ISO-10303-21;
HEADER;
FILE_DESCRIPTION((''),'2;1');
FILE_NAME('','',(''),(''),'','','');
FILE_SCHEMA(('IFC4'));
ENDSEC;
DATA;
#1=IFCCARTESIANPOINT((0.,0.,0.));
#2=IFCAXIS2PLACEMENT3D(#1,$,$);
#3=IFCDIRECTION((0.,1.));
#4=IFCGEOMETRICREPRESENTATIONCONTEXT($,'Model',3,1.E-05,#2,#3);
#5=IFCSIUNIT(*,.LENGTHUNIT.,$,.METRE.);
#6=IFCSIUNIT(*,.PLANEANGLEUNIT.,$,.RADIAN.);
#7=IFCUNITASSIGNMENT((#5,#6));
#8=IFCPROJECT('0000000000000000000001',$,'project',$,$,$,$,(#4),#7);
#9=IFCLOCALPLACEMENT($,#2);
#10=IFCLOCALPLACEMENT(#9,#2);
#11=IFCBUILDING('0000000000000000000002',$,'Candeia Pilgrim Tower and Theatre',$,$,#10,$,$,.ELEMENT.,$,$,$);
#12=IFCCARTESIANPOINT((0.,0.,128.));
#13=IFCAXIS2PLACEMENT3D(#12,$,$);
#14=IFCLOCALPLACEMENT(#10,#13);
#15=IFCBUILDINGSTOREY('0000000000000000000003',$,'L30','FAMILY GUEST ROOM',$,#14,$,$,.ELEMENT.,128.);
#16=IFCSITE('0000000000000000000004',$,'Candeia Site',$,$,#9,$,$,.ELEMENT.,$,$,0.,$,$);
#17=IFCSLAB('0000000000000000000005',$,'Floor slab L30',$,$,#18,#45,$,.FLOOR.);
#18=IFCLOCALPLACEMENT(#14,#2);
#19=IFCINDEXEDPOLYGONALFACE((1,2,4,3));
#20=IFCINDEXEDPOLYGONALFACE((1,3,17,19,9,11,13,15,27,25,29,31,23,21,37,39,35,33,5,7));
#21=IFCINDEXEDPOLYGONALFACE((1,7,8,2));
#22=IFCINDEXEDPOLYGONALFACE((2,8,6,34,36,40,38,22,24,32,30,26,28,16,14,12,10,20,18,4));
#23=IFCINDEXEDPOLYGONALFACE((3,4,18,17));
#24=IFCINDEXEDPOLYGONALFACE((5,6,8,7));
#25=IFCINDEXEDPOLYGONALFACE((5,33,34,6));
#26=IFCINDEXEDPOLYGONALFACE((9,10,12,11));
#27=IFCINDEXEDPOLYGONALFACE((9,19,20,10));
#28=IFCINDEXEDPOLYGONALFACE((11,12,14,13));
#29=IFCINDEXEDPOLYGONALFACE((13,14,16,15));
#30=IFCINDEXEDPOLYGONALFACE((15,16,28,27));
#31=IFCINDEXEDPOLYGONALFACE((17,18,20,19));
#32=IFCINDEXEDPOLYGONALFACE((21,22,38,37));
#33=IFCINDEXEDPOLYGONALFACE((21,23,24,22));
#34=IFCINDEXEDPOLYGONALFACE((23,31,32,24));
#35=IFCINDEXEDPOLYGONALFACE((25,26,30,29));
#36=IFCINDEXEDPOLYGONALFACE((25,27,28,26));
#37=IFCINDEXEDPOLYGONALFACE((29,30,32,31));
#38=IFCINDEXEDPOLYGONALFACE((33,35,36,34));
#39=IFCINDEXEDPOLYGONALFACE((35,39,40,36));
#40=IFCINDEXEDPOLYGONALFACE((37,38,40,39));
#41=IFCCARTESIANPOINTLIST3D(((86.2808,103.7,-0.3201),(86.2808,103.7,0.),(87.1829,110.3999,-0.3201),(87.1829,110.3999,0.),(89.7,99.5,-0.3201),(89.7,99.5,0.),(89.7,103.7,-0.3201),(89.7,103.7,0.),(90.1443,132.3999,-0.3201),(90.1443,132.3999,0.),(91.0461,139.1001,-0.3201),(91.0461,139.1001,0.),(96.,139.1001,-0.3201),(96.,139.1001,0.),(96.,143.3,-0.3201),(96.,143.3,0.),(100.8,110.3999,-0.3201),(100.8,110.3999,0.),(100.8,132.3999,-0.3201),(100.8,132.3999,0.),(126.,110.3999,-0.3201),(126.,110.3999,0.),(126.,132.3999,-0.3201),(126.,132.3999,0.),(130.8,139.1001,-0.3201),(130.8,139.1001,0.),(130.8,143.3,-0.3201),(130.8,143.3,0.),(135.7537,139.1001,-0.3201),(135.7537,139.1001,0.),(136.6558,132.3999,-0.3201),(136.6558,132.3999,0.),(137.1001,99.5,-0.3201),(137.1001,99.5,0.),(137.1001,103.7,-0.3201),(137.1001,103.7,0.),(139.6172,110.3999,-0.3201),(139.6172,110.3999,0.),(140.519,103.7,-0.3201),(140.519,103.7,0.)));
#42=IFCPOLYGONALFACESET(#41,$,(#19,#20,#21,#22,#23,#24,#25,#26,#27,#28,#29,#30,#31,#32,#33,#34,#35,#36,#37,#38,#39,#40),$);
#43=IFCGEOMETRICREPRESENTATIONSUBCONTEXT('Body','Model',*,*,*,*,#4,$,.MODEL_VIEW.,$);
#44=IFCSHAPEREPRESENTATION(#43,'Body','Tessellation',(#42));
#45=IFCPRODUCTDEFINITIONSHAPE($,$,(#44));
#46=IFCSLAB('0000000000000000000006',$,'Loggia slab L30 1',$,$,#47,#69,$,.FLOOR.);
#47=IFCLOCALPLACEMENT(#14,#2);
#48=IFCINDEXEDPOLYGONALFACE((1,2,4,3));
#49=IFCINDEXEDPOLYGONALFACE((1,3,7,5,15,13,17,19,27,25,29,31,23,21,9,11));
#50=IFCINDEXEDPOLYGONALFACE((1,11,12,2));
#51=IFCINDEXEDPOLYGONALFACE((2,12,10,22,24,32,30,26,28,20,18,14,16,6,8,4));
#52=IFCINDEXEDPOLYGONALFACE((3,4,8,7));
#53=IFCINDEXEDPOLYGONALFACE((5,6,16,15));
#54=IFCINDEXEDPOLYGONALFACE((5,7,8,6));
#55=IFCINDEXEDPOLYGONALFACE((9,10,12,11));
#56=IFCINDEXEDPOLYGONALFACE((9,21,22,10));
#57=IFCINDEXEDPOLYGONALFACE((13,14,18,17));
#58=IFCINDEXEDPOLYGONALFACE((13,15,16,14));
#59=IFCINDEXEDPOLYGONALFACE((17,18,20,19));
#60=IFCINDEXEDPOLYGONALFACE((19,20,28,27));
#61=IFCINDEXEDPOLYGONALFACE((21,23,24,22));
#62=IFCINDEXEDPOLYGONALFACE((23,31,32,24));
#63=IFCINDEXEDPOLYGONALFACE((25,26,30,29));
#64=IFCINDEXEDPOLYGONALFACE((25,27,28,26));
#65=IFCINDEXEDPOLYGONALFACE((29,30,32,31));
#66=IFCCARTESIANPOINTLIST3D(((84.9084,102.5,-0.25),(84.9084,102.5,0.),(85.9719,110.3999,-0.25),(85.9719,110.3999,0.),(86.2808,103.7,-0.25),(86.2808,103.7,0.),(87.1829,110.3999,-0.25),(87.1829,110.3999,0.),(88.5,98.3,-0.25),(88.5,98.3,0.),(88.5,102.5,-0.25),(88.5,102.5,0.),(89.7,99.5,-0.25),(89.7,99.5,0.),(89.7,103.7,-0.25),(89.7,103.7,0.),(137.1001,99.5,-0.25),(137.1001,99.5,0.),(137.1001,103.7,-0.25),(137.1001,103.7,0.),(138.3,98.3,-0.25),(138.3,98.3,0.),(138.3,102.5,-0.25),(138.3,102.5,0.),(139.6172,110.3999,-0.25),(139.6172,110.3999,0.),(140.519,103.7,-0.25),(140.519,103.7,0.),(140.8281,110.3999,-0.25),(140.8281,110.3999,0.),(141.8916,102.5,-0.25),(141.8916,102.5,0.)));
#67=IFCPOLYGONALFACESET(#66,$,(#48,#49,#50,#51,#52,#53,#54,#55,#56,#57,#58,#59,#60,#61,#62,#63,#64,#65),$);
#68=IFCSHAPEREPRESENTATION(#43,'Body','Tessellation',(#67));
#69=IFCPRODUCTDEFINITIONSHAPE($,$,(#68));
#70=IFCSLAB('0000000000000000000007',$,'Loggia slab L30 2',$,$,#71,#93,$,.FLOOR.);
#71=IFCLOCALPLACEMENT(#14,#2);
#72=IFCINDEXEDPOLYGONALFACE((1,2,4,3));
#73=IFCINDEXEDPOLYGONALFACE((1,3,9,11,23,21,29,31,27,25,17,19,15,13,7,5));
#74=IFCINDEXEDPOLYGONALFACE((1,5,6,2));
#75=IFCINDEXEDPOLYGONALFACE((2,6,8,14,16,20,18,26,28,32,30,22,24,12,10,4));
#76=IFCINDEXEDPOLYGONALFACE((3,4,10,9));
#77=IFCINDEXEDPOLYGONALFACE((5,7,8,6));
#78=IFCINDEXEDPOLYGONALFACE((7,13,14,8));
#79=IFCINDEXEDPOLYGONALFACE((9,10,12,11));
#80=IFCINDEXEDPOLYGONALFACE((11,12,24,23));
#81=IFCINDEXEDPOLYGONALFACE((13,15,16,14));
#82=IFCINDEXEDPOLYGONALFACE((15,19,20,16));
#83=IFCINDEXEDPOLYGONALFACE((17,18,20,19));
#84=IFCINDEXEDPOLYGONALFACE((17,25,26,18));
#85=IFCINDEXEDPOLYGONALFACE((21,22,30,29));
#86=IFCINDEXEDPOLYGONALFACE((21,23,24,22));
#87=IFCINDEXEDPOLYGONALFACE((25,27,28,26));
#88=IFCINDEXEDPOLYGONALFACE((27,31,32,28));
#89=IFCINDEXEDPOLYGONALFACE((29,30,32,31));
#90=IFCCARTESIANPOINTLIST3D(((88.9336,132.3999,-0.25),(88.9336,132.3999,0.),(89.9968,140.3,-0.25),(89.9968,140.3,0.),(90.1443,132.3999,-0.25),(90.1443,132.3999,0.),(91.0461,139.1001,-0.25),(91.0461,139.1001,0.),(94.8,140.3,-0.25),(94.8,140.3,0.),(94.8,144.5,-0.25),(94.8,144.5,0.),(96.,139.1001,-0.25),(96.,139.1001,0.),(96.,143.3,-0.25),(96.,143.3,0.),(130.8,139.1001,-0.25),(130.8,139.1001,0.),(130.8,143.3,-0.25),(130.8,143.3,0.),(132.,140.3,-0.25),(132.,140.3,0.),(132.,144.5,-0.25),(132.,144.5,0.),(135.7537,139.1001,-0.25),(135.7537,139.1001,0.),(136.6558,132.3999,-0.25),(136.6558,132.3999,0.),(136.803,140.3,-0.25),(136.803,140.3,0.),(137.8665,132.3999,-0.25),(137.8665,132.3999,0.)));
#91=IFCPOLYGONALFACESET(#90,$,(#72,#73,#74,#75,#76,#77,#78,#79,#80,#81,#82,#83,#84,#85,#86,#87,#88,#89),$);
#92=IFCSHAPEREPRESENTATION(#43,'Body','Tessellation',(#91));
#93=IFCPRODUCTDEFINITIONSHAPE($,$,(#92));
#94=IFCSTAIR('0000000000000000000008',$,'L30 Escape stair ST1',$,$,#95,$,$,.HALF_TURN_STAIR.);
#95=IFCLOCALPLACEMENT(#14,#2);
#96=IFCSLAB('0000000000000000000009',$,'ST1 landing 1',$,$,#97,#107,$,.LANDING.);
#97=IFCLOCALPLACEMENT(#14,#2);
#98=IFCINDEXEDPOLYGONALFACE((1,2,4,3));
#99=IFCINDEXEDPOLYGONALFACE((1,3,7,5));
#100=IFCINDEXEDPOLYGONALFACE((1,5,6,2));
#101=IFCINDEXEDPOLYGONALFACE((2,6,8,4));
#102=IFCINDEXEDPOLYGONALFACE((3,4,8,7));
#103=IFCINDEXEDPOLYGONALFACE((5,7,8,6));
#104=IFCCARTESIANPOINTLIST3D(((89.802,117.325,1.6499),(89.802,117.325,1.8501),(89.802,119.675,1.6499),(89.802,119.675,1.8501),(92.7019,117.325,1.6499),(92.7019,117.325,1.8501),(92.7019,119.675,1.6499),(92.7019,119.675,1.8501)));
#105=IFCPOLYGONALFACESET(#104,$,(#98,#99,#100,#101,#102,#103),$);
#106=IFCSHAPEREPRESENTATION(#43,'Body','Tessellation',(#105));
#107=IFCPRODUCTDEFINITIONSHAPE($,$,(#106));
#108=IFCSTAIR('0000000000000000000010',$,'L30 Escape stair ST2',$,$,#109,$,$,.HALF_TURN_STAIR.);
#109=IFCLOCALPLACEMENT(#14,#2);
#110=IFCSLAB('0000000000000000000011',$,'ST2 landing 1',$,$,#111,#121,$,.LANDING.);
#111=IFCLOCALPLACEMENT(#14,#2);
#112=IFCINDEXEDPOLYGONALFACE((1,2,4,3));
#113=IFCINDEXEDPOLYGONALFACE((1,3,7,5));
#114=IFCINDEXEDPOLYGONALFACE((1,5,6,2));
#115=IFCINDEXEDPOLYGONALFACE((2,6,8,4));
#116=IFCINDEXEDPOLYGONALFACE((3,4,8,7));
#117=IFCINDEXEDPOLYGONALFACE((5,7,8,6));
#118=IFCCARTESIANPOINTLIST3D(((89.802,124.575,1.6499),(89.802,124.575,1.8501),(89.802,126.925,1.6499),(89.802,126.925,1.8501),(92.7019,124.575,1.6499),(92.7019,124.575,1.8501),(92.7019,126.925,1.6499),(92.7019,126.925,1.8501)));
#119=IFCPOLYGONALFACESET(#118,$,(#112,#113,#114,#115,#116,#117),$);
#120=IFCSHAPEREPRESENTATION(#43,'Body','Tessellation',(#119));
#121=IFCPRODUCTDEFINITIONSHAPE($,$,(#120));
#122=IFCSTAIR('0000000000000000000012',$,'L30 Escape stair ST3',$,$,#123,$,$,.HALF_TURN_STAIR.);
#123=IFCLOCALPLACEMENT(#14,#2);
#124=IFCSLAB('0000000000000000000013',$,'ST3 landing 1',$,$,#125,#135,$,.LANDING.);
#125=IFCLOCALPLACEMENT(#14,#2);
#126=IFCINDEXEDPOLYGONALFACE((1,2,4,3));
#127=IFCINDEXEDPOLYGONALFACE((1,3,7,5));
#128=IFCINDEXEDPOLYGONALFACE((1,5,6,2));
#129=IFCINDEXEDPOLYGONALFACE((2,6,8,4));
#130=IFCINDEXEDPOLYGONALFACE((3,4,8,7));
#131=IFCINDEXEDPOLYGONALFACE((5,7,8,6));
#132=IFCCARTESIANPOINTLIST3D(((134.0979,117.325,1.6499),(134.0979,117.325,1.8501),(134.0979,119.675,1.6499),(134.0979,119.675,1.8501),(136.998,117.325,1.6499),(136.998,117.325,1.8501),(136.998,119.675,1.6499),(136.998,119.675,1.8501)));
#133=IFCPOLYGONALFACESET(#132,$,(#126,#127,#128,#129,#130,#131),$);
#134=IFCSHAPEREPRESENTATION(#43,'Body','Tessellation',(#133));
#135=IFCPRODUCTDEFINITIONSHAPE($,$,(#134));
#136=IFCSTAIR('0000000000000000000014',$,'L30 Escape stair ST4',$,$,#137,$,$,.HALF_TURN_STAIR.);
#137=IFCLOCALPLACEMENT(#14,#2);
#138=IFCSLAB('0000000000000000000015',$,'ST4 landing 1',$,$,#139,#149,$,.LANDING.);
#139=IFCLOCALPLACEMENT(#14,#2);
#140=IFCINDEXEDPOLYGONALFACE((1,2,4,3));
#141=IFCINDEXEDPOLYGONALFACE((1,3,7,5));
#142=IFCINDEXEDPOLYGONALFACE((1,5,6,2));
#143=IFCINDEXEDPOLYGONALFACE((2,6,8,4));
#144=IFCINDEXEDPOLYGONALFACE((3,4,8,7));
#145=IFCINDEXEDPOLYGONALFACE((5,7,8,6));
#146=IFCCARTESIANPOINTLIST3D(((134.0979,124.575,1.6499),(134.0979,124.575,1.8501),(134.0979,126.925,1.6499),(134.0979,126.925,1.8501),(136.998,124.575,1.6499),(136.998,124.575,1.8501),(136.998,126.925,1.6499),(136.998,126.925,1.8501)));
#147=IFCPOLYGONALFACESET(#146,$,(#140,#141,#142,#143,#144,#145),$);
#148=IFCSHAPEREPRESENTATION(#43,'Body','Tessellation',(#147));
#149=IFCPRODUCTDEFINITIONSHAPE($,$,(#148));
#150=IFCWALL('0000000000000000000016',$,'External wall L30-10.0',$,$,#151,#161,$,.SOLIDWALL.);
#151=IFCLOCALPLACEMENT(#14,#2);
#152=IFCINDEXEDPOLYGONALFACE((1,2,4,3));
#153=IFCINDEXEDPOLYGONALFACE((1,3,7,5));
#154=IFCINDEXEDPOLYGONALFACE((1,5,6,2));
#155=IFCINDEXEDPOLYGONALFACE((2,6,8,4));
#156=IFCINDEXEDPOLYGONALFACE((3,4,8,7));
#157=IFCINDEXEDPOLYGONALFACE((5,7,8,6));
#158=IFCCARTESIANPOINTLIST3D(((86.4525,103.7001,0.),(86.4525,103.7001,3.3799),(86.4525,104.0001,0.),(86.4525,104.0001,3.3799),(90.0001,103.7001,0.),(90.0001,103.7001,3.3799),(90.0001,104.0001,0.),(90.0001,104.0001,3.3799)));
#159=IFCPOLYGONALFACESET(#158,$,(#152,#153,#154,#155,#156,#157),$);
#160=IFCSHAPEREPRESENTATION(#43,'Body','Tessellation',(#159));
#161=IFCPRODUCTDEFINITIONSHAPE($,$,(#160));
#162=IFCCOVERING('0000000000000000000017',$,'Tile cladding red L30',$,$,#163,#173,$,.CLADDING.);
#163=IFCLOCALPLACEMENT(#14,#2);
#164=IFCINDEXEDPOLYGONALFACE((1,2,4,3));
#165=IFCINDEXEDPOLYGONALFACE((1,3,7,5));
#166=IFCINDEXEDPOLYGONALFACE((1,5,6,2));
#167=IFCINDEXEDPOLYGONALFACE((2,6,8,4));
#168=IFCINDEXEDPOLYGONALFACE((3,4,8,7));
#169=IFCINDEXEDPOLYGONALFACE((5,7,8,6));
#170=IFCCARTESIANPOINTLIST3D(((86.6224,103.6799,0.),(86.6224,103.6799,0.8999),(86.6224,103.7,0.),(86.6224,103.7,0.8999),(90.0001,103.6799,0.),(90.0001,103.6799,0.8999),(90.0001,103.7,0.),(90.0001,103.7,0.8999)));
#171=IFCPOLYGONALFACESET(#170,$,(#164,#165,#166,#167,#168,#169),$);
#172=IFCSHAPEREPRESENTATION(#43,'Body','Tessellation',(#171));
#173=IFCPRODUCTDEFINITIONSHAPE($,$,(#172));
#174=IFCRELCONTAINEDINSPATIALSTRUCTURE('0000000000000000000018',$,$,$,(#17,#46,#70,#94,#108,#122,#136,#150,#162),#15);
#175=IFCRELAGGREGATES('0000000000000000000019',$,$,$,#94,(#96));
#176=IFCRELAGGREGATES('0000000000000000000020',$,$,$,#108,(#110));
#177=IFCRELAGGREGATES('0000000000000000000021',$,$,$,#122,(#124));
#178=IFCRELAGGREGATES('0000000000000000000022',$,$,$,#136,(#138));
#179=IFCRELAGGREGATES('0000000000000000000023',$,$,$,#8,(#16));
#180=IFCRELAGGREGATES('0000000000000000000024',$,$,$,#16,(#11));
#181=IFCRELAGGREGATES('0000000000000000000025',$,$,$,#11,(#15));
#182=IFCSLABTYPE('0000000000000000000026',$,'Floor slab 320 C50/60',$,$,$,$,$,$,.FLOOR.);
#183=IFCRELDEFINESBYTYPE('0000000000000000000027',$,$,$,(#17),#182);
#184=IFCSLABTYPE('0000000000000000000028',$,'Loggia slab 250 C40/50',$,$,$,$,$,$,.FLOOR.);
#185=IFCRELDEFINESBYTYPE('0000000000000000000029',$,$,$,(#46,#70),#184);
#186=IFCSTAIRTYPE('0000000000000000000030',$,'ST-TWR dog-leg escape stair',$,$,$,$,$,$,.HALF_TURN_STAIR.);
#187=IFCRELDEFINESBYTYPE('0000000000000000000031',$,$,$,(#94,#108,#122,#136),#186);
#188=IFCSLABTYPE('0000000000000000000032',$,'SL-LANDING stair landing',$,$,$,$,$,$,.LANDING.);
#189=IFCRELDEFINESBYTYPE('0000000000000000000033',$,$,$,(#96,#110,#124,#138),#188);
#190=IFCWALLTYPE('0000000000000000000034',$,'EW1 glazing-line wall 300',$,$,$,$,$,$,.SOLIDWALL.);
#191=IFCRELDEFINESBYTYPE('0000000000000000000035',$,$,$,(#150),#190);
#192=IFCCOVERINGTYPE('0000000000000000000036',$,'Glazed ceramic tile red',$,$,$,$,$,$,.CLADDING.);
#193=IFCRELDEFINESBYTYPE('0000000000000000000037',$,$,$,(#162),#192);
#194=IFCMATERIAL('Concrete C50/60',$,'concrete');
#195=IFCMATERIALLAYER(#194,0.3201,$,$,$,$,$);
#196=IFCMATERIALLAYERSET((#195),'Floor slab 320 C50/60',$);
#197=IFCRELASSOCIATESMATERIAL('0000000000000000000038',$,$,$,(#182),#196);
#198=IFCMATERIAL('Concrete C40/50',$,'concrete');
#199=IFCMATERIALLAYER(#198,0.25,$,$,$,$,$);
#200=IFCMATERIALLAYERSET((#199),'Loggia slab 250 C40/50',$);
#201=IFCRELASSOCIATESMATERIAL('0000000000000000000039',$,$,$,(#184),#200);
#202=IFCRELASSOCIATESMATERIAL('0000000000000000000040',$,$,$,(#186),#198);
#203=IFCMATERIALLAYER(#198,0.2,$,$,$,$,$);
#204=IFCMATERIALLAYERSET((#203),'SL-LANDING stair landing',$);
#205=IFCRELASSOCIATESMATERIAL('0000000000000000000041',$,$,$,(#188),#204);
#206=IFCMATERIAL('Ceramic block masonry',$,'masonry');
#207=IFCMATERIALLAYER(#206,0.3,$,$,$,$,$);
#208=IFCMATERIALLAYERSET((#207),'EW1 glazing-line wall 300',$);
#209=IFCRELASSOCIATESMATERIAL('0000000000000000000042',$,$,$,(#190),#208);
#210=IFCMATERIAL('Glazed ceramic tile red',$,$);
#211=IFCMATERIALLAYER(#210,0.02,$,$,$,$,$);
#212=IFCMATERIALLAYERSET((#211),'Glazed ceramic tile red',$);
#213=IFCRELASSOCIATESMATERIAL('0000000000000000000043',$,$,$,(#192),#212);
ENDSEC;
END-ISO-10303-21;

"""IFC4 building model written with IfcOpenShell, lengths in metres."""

from ifc_helpers import new_model, si_unit, direction, frame, frame_2d, origin, origin_2d, place, context, subcontext, project, spatial, polyline, rectangle, outline, extrude, material, layer, layer_set, type_object, element, aggregate, save


model = new_model("IFC4")

# Units and contexts
model_context = context("Model", 3, precision=1e-05, world=origin(), true_north=direction((0.0, 1.0)))
body_context = subcontext(model_context, "Body", "Model", "MODEL_VIEW")
ifc_project = project(units=[si_unit("LENGTHUNIT", "METRE"), si_unit("PLANEANGLEUNIT", "RADIAN")], contexts=[model_context])

# Site, building, storey
site_placement = place(None, origin())
site = spatial("IfcSite", under=ifc_project, at=site_placement, Name="Candeia Site", CompositionType="ELEMENT", RefElevation=0.0)
building_placement = place(site_placement, origin())
building = spatial("IfcBuilding", under=site, at=building_placement, Name="Candeia Pilgrim Tower and Theatre", CompositionType="ELEMENT")
storey_placement = place(building_placement, frame((0.0, 0.0, 128.0)))
storey = spatial("IfcBuildingStorey", under=building, at=storey_placement, Name="L30", Description="FAMILY GUEST ROOM", CompositionType="ELEMENT", Elevation=128.0)

# Slabs
ifc_material_1 = material(Name="Concrete C40/50", Category="concrete")
ifc_material_2 = material(Name="Concrete C50/60", Category="concrete")
ifc_layer_1 = layer(ifc_material_2, 0.3201)
ifc_layer_set_1 = layer_set([ifc_layer_1], Name="Floor slab 320 C50/60")
slab_type_1 = type_object("IfcSlabType", Name="Floor slab 320 C50/60", PredefinedType="FLOOR", material=ifc_layer_set_1)
slab_1_placement = place(storey_placement, frame((0.0, 0.0, -0.3201)))
element("IfcSlab", 1, at=slab_1_placement, inside=storey, type_object=slab_type_1, Name="Floor slab L30", PredefinedType="FLOOR", context=body_context, shape_type="SweptSolid", body=[
    extrude(outline(polyline([(96.0, 139.1001), (96.0, 143.3), (130.8, 143.3), (130.8, 139.1001), (135.7537, 139.1001), (136.6558, 132.3999), (126.0, 132.3999), (126.0, 110.3999), (139.6172, 110.3999), (140.519, 103.7), (137.1001, 103.7), (137.1001, 99.5), (89.7, 99.5), (89.7, 103.7), (86.2808, 103.7), (87.1829, 110.3999), (100.8, 110.3999), (100.8, 132.3999), (90.1443, 132.3999), (91.0461, 139.1001), (96.0, 139.1001)])), origin(), (0.0, 0.0, 1.0), 0.3201),
])
ifc_layer_2 = layer(ifc_material_1, 0.25)
ifc_layer_set_2 = layer_set([ifc_layer_2], Name="Loggia slab 250 C40/50")
slab_type_2 = type_object("IfcSlabType", Name="Loggia slab 250 C40/50", PredefinedType="FLOOR", material=ifc_layer_set_2)
slab_2_placement = place(storey_placement, frame((0.0, 0.0, -0.25)))
element("IfcSlab", 2, at=slab_2_placement, inside=storey, type_object=slab_type_2, Name="Loggia slab L30 1", PredefinedType="FLOOR", context=body_context, shape_type="SweptSolid", body=[
    extrude(outline(polyline([(87.1829, 110.3999), (86.2808, 103.7), (89.7, 103.7), (89.7, 99.5), (137.1001, 99.5), (137.1001, 103.7), (140.519, 103.7), (139.6172, 110.3999), (140.8281, 110.3999), (141.8916, 102.5), (138.3, 102.5), (138.3, 98.3), (88.5, 98.3), (88.5, 102.5), (84.9084, 102.5), (85.9719, 110.3999), (87.1829, 110.3999)])), origin(), (0.0, 0.0, 1.0), 0.25),
])
slab_3_placement = place(storey_placement, frame((0.0, 0.0, -0.25)))
element("IfcSlab", 3, at=slab_3_placement, inside=storey, type_object=slab_type_2, Name="Loggia slab L30 2", PredefinedType="FLOOR", context=body_context, shape_type="SweptSolid", body=[
    extrude(outline(polyline([(136.6558, 132.3999), (135.7537, 139.1001), (130.8, 139.1001), (130.8, 143.3), (96.0, 143.3), (96.0, 139.1001), (91.0461, 139.1001), (90.1443, 132.3999), (88.9336, 132.3999), (89.9968, 140.3), (94.8, 140.3), (94.8, 144.5), (132.0, 144.5), (132.0, 140.3), (136.803, 140.3), (137.8665, 132.3999), (136.6558, 132.3999)])), origin(), (0.0, 0.0, 1.0), 0.25),
])

# Stairs, slabs
stair_type = type_object("IfcStairType", Name="ST-TWR dog-leg escape stair", PredefinedType="HALF_TURN_STAIR", material=ifc_material_1)
stair_1_placement = place(storey_placement, origin())
stair_1 = element("IfcStair", 4, at=stair_1_placement, inside=storey, type_object=stair_type, Name="L30 Escape stair ST1", PredefinedType="HALF_TURN_STAIR")
ifc_layer_3 = layer(ifc_material_1, 0.2)
ifc_layer_set_3 = layer_set([ifc_layer_3], Name="SL-LANDING stair landing")
slab_type_3 = type_object("IfcSlabType", Name="SL-LANDING stair landing", PredefinedType="LANDING", material=ifc_layer_set_3)
slab_4_placement = place(storey_placement, frame((0.0, 0.0, 1.6499)))
slab_4 = element("IfcSlab", 5, at=slab_4_placement, type_object=slab_type_3, Name="ST1 landing 1", PredefinedType="LANDING", context=body_context, shape_type="SweptSolid", body=[
    extrude(outline(polyline([(89.802, 119.675), (89.802, 117.325), (92.7019, 117.325), (92.7019, 119.675), (89.802, 119.675)])), origin(), (0.0, 0.0, 1.0), 0.2002),
])
aggregate(stair_1, [slab_4])
stair_2_placement = place(storey_placement, origin())
stair_2 = element("IfcStair", 6, at=stair_2_placement, inside=storey, type_object=stair_type, Name="L30 Escape stair ST2", PredefinedType="HALF_TURN_STAIR")
slab_5_placement = place(storey_placement, frame((0.0, 0.0, 1.6499)))
slab_5 = element("IfcSlab", 7, at=slab_5_placement, type_object=slab_type_3, Name="ST2 landing 1", PredefinedType="LANDING", context=body_context, shape_type="SweptSolid", body=[
    extrude(outline(polyline([(89.802, 126.925), (89.802, 124.575), (92.7019, 124.575), (92.7019, 126.925), (89.802, 126.925)])), origin(), (0.0, 0.0, 1.0), 0.2002),
])
aggregate(stair_2, [slab_5])
stair_3_placement = place(storey_placement, origin())
stair_3 = element("IfcStair", 8, at=stair_3_placement, inside=storey, type_object=stair_type, Name="L30 Escape stair ST3", PredefinedType="HALF_TURN_STAIR")
slab_6_placement = place(storey_placement, frame((0.0, 0.0, 1.6499)))
slab_6 = element("IfcSlab", 9, at=slab_6_placement, type_object=slab_type_3, Name="ST3 landing 1", PredefinedType="LANDING", context=body_context, shape_type="SweptSolid", body=[
    extrude(outline(polyline([(134.0979, 119.675), (134.0979, 117.325), (136.998, 117.325), (136.998, 119.675), (134.0979, 119.675)])), origin(), (0.0, 0.0, 1.0), 0.2002),
])
aggregate(stair_3, [slab_6])
stair_4_placement = place(storey_placement, origin())
stair_4 = element("IfcStair", 10, at=stair_4_placement, inside=storey, type_object=stair_type, Name="L30 Escape stair ST4", PredefinedType="HALF_TURN_STAIR")
slab_7_placement = place(storey_placement, frame((0.0, 0.0, 1.6499)))
slab_7 = element("IfcSlab", 11, at=slab_7_placement, type_object=slab_type_3, Name="ST4 landing 1", PredefinedType="LANDING", context=body_context, shape_type="SweptSolid", body=[
    extrude(outline(polyline([(134.0979, 126.925), (134.0979, 124.575), (136.998, 124.575), (136.998, 126.925), (134.0979, 126.925)])), origin(), (0.0, 0.0, 1.0), 0.2002),
])
aggregate(stair_4, [slab_7])

# Wall
ifc_material_3 = material(Name="Ceramic block masonry", Category="masonry")
ifc_layer_4 = layer(ifc_material_3, 0.3)
ifc_layer_set_4 = layer_set([ifc_layer_4], Name="EW1 glazing-line wall 300")
wall_type = type_object("IfcWallType", Name="EW1 glazing-line wall 300", PredefinedType="SOLIDWALL", material=ifc_layer_set_4)
wall_placement = place(storey_placement, frame((86.4524, 103.8501, 0.0), z_axis=(0.0, 0.0, 1.0), x_axis=(1.0, 0.0, 0.0)))
element("IfcWall", 12, at=wall_placement, inside=storey, type_object=wall_type, Name="External wall L30-10.0", PredefinedType="SOLIDWALL", context=body_context, shape_type="SweptSolid", body=[
    extrude(rectangle(XDim=3.5476, YDim=0.3, at=frame_2d((1.7739, 0.0))), origin(), (0.0, 0.0, 1.0), 3.3799),
])

# Covering
ifc_material_4 = material(Name="Glazed ceramic tile red")
ifc_layer_5 = layer(ifc_material_4, 0.02)
ifc_layer_set_5 = layer_set([ifc_layer_5], Name="Glazed ceramic tile red")
covering_type = type_object("IfcCoveringType", Name="Glazed ceramic tile red", PredefinedType="CLADDING", material=ifc_layer_set_5)
covering_placement = place(storey_placement, frame((88.3113, 103.6899, 0.0), z_axis=(0.0, 0.0, 1.0), x_axis=(1.0, 0.0, 0.0)))
element("IfcCovering", 13, at=covering_placement, inside=storey, type_object=covering_type, Name="Tile cladding red L30", PredefinedType="CLADDING", context=body_context, shape_type="SweptSolid", body=[
    extrude(rectangle(XDim=3.3777, YDim=0.02, at=origin_2d()), origin(), (0.0, 0.0, 1.0), 0.8999),
])

save(model, "model.ifc")
